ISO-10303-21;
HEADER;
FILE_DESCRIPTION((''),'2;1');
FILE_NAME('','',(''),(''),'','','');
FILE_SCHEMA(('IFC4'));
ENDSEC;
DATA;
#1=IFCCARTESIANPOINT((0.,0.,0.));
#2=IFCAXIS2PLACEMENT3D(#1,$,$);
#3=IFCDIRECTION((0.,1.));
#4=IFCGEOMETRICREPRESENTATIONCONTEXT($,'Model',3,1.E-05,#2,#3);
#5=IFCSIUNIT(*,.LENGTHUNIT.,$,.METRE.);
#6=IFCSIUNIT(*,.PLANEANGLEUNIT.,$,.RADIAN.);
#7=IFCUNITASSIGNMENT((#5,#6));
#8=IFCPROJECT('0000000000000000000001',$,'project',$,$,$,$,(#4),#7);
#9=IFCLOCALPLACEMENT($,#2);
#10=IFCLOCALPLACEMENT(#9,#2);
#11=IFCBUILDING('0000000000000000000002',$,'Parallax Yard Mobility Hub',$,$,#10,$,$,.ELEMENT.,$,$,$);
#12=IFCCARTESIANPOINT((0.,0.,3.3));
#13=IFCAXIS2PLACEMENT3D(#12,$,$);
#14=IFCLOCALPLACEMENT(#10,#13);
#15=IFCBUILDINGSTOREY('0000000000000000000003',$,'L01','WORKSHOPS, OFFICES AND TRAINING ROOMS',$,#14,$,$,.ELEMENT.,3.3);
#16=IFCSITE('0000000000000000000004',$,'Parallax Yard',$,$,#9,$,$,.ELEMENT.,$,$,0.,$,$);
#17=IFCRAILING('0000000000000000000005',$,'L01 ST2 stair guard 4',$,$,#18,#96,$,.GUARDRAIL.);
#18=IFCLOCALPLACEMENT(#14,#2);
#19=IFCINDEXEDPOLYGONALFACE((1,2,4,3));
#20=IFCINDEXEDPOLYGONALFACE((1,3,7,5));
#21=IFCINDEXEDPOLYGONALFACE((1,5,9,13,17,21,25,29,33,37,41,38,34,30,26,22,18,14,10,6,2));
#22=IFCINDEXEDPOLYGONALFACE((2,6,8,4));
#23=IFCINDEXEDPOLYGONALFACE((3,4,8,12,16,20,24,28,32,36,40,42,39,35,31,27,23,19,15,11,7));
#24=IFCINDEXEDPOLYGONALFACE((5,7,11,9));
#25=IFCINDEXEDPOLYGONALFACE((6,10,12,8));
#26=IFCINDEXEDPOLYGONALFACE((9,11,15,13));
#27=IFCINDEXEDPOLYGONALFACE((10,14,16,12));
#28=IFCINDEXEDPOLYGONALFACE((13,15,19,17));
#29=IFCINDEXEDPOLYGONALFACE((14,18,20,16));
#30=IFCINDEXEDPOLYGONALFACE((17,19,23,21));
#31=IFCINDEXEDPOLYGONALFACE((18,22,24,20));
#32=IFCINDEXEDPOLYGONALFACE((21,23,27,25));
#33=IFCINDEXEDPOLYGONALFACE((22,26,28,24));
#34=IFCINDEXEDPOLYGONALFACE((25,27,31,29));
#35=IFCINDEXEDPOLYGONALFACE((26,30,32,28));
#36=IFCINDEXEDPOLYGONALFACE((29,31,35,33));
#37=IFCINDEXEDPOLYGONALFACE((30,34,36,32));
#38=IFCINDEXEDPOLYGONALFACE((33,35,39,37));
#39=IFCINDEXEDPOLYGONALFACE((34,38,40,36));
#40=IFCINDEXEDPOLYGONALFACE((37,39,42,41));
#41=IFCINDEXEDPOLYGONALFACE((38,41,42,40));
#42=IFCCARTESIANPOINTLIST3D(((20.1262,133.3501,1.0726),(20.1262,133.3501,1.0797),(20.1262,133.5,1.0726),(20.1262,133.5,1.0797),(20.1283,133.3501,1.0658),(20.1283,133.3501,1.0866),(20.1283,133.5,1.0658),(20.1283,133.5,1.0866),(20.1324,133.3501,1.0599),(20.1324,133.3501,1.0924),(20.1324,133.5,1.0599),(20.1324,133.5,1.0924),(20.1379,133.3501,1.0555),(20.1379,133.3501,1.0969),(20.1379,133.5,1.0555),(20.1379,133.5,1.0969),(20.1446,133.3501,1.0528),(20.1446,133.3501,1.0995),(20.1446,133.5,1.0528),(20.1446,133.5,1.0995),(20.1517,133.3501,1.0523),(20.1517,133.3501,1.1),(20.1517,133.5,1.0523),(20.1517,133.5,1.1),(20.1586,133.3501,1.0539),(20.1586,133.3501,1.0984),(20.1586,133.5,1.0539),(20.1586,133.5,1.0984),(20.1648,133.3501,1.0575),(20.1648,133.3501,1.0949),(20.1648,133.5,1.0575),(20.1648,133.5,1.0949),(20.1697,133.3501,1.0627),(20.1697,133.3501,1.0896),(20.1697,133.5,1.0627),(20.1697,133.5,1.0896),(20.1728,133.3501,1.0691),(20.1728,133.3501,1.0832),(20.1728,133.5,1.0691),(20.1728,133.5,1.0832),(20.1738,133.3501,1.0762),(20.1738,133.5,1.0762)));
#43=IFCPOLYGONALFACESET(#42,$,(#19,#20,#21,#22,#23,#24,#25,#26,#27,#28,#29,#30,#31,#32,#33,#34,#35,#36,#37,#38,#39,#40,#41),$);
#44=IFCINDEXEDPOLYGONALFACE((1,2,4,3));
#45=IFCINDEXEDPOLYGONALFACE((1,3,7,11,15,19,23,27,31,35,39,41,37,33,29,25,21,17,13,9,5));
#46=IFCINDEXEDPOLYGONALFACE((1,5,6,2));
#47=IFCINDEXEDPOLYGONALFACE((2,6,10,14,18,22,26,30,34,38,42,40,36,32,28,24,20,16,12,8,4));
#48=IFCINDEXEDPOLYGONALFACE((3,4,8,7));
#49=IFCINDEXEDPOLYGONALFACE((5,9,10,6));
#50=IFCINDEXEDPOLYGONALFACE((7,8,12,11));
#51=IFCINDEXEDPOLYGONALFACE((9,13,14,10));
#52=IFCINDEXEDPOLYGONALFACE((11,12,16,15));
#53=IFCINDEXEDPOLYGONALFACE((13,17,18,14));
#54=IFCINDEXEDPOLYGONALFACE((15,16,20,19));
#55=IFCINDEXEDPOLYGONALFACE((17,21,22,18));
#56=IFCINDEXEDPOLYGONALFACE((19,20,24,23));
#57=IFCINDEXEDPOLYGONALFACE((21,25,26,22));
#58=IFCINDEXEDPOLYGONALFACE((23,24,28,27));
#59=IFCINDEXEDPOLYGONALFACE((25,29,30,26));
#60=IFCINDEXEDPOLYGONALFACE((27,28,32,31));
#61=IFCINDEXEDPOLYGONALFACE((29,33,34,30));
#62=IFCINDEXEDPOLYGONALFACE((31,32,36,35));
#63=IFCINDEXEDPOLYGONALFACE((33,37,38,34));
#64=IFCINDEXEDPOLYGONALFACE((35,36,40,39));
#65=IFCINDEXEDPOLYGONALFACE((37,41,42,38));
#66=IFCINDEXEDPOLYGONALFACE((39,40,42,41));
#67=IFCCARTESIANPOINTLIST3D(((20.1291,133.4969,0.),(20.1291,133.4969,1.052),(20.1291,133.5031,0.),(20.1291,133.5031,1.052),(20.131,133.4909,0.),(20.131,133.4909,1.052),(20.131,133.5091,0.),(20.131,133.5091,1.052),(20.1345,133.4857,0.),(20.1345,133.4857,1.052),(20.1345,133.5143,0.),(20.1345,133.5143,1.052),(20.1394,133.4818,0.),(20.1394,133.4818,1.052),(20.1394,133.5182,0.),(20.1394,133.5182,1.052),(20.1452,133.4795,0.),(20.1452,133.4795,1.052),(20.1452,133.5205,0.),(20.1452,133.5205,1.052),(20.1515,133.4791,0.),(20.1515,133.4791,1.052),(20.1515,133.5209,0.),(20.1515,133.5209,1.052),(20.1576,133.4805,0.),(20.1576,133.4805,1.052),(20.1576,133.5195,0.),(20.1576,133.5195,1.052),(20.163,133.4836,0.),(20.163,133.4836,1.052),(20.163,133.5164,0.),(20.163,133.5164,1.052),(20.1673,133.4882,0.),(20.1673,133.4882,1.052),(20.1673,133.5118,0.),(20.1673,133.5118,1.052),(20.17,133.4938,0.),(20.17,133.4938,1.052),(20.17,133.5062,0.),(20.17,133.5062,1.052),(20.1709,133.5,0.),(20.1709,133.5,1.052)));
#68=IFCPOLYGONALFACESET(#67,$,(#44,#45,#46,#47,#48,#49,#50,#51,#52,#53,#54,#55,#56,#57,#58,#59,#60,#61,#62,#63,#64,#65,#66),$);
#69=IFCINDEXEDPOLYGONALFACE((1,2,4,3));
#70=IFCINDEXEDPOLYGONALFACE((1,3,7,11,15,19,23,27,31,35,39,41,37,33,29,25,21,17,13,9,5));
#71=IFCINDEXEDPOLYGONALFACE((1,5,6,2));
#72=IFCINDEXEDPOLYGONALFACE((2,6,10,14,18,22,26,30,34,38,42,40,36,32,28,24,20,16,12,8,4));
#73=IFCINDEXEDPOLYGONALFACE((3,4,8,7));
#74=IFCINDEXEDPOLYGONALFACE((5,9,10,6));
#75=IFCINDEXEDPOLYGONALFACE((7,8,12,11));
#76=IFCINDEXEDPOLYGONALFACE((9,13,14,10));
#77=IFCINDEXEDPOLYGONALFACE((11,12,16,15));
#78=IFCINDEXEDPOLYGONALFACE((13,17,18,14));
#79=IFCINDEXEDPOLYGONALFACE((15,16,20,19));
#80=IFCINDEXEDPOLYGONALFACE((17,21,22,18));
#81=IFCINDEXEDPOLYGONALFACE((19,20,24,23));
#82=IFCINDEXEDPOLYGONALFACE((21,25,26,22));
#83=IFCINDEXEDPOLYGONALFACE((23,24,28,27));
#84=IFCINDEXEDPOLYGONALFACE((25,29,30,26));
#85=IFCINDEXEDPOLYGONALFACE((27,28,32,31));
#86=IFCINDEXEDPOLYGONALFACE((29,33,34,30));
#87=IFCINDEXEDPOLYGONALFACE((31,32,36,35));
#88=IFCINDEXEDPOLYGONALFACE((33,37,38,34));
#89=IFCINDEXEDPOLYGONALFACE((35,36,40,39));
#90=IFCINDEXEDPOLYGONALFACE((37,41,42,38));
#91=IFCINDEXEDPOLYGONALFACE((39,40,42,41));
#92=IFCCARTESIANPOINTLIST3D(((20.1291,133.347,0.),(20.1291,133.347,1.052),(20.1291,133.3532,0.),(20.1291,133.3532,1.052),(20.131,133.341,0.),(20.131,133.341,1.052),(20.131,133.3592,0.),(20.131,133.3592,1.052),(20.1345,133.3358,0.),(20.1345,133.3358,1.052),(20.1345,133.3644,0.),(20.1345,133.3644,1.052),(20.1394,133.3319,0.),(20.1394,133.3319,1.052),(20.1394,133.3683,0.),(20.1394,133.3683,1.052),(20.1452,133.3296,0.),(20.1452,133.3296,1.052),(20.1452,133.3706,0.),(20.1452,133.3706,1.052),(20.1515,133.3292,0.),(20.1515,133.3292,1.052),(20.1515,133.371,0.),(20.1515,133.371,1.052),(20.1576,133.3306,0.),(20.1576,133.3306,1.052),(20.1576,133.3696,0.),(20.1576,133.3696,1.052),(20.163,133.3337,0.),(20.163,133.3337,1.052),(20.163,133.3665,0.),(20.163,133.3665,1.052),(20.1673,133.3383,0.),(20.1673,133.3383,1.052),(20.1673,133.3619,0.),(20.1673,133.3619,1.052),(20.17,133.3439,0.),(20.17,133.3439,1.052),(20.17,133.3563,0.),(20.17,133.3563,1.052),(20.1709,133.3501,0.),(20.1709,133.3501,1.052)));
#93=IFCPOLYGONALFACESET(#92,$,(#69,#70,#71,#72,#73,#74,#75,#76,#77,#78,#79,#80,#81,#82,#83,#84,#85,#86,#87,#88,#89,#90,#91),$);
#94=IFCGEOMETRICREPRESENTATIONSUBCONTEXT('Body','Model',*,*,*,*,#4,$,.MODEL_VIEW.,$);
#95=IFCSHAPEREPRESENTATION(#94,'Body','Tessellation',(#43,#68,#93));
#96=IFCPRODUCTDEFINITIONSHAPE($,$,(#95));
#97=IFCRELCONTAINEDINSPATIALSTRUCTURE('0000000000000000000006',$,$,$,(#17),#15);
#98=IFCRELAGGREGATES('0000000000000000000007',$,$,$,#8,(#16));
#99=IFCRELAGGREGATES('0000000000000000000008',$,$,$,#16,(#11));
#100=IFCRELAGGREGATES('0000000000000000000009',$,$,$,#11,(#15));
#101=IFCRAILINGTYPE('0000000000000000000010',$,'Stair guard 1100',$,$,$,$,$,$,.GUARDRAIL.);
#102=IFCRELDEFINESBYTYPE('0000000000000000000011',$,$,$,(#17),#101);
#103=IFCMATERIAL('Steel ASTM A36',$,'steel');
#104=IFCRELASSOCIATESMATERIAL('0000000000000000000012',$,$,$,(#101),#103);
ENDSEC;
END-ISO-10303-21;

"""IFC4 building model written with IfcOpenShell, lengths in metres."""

from ifc_helpers import new_model, si_unit, direction, frame, origin, origin_2d, place, context, subcontext, project, spatial, circle, extrude, material, type_object, element, save


model = new_model("IFC4")

# Units and contexts
model_context = context("Model", 3, precision=1e-05, world=origin(), true_north=direction((0.0, 1.0)))
body_context = subcontext(model_context, "Body", "Model", "MODEL_VIEW")
ifc_project = project(units=[si_unit("LENGTHUNIT", "METRE"), si_unit("PLANEANGLEUNIT", "RADIAN")], contexts=[model_context])

# Site, building, storey
site_placement = place(None, origin())
site = spatial("IfcSite", under=ifc_project, at=site_placement, Name="Parallax Yard", CompositionType="ELEMENT", RefElevation=0.0)
building_placement = place(site_placement, origin())
building = spatial("IfcBuilding", under=site, at=building_placement, Name="Parallax Yard Mobility Hub", CompositionType="ELEMENT")
storey_placement = place(building_placement, frame((0.0, 0.0, 3.3)))
storey = spatial("IfcBuildingStorey", under=building, at=storey_placement, Name="L01", Description="WORKSHOPS, OFFICES AND TRAINING ROOMS", CompositionType="ELEMENT", Elevation=3.3)

# Railing
ifc_material_1 = material(Name="Steel ASTM A36", Category="steel")
railing_type_1 = type_object("IfcRailingType", Name="Stair guard 1100", PredefinedType="GUARDRAIL", material=ifc_material_1)
railing_1_placement = place(storey_placement, frame((20.1499, 133.5, 0.0)))
element("IfcRailing", 1, at=railing_1_placement, inside=storey, type_object=railing_type_1, Name="L01 ST2 stair guard 4", PredefinedType="GUARDRAIL", context=body_context, shape_type="SweptSolid", body=[
    extrude(circle(Radius=0.0239, at=origin_2d()), frame((0.0, 0.0, 1.0762), z_axis=(0.0, -1.0, 0.0), x_axis=(1.0, 0.0, 0.0)), (0.0, 0.0, 1.0), 0.1499),
    extrude(circle(Radius=0.021, at=origin_2d()), origin(), (0.0, 0.0, 1.0), 1.052),
    extrude(circle(Radius=0.021, at=origin_2d()), frame((0.0, -0.1499, 0.0)), (0.0, 0.0, 1.0), 1.052),
])

save(model, "model.ifc")
